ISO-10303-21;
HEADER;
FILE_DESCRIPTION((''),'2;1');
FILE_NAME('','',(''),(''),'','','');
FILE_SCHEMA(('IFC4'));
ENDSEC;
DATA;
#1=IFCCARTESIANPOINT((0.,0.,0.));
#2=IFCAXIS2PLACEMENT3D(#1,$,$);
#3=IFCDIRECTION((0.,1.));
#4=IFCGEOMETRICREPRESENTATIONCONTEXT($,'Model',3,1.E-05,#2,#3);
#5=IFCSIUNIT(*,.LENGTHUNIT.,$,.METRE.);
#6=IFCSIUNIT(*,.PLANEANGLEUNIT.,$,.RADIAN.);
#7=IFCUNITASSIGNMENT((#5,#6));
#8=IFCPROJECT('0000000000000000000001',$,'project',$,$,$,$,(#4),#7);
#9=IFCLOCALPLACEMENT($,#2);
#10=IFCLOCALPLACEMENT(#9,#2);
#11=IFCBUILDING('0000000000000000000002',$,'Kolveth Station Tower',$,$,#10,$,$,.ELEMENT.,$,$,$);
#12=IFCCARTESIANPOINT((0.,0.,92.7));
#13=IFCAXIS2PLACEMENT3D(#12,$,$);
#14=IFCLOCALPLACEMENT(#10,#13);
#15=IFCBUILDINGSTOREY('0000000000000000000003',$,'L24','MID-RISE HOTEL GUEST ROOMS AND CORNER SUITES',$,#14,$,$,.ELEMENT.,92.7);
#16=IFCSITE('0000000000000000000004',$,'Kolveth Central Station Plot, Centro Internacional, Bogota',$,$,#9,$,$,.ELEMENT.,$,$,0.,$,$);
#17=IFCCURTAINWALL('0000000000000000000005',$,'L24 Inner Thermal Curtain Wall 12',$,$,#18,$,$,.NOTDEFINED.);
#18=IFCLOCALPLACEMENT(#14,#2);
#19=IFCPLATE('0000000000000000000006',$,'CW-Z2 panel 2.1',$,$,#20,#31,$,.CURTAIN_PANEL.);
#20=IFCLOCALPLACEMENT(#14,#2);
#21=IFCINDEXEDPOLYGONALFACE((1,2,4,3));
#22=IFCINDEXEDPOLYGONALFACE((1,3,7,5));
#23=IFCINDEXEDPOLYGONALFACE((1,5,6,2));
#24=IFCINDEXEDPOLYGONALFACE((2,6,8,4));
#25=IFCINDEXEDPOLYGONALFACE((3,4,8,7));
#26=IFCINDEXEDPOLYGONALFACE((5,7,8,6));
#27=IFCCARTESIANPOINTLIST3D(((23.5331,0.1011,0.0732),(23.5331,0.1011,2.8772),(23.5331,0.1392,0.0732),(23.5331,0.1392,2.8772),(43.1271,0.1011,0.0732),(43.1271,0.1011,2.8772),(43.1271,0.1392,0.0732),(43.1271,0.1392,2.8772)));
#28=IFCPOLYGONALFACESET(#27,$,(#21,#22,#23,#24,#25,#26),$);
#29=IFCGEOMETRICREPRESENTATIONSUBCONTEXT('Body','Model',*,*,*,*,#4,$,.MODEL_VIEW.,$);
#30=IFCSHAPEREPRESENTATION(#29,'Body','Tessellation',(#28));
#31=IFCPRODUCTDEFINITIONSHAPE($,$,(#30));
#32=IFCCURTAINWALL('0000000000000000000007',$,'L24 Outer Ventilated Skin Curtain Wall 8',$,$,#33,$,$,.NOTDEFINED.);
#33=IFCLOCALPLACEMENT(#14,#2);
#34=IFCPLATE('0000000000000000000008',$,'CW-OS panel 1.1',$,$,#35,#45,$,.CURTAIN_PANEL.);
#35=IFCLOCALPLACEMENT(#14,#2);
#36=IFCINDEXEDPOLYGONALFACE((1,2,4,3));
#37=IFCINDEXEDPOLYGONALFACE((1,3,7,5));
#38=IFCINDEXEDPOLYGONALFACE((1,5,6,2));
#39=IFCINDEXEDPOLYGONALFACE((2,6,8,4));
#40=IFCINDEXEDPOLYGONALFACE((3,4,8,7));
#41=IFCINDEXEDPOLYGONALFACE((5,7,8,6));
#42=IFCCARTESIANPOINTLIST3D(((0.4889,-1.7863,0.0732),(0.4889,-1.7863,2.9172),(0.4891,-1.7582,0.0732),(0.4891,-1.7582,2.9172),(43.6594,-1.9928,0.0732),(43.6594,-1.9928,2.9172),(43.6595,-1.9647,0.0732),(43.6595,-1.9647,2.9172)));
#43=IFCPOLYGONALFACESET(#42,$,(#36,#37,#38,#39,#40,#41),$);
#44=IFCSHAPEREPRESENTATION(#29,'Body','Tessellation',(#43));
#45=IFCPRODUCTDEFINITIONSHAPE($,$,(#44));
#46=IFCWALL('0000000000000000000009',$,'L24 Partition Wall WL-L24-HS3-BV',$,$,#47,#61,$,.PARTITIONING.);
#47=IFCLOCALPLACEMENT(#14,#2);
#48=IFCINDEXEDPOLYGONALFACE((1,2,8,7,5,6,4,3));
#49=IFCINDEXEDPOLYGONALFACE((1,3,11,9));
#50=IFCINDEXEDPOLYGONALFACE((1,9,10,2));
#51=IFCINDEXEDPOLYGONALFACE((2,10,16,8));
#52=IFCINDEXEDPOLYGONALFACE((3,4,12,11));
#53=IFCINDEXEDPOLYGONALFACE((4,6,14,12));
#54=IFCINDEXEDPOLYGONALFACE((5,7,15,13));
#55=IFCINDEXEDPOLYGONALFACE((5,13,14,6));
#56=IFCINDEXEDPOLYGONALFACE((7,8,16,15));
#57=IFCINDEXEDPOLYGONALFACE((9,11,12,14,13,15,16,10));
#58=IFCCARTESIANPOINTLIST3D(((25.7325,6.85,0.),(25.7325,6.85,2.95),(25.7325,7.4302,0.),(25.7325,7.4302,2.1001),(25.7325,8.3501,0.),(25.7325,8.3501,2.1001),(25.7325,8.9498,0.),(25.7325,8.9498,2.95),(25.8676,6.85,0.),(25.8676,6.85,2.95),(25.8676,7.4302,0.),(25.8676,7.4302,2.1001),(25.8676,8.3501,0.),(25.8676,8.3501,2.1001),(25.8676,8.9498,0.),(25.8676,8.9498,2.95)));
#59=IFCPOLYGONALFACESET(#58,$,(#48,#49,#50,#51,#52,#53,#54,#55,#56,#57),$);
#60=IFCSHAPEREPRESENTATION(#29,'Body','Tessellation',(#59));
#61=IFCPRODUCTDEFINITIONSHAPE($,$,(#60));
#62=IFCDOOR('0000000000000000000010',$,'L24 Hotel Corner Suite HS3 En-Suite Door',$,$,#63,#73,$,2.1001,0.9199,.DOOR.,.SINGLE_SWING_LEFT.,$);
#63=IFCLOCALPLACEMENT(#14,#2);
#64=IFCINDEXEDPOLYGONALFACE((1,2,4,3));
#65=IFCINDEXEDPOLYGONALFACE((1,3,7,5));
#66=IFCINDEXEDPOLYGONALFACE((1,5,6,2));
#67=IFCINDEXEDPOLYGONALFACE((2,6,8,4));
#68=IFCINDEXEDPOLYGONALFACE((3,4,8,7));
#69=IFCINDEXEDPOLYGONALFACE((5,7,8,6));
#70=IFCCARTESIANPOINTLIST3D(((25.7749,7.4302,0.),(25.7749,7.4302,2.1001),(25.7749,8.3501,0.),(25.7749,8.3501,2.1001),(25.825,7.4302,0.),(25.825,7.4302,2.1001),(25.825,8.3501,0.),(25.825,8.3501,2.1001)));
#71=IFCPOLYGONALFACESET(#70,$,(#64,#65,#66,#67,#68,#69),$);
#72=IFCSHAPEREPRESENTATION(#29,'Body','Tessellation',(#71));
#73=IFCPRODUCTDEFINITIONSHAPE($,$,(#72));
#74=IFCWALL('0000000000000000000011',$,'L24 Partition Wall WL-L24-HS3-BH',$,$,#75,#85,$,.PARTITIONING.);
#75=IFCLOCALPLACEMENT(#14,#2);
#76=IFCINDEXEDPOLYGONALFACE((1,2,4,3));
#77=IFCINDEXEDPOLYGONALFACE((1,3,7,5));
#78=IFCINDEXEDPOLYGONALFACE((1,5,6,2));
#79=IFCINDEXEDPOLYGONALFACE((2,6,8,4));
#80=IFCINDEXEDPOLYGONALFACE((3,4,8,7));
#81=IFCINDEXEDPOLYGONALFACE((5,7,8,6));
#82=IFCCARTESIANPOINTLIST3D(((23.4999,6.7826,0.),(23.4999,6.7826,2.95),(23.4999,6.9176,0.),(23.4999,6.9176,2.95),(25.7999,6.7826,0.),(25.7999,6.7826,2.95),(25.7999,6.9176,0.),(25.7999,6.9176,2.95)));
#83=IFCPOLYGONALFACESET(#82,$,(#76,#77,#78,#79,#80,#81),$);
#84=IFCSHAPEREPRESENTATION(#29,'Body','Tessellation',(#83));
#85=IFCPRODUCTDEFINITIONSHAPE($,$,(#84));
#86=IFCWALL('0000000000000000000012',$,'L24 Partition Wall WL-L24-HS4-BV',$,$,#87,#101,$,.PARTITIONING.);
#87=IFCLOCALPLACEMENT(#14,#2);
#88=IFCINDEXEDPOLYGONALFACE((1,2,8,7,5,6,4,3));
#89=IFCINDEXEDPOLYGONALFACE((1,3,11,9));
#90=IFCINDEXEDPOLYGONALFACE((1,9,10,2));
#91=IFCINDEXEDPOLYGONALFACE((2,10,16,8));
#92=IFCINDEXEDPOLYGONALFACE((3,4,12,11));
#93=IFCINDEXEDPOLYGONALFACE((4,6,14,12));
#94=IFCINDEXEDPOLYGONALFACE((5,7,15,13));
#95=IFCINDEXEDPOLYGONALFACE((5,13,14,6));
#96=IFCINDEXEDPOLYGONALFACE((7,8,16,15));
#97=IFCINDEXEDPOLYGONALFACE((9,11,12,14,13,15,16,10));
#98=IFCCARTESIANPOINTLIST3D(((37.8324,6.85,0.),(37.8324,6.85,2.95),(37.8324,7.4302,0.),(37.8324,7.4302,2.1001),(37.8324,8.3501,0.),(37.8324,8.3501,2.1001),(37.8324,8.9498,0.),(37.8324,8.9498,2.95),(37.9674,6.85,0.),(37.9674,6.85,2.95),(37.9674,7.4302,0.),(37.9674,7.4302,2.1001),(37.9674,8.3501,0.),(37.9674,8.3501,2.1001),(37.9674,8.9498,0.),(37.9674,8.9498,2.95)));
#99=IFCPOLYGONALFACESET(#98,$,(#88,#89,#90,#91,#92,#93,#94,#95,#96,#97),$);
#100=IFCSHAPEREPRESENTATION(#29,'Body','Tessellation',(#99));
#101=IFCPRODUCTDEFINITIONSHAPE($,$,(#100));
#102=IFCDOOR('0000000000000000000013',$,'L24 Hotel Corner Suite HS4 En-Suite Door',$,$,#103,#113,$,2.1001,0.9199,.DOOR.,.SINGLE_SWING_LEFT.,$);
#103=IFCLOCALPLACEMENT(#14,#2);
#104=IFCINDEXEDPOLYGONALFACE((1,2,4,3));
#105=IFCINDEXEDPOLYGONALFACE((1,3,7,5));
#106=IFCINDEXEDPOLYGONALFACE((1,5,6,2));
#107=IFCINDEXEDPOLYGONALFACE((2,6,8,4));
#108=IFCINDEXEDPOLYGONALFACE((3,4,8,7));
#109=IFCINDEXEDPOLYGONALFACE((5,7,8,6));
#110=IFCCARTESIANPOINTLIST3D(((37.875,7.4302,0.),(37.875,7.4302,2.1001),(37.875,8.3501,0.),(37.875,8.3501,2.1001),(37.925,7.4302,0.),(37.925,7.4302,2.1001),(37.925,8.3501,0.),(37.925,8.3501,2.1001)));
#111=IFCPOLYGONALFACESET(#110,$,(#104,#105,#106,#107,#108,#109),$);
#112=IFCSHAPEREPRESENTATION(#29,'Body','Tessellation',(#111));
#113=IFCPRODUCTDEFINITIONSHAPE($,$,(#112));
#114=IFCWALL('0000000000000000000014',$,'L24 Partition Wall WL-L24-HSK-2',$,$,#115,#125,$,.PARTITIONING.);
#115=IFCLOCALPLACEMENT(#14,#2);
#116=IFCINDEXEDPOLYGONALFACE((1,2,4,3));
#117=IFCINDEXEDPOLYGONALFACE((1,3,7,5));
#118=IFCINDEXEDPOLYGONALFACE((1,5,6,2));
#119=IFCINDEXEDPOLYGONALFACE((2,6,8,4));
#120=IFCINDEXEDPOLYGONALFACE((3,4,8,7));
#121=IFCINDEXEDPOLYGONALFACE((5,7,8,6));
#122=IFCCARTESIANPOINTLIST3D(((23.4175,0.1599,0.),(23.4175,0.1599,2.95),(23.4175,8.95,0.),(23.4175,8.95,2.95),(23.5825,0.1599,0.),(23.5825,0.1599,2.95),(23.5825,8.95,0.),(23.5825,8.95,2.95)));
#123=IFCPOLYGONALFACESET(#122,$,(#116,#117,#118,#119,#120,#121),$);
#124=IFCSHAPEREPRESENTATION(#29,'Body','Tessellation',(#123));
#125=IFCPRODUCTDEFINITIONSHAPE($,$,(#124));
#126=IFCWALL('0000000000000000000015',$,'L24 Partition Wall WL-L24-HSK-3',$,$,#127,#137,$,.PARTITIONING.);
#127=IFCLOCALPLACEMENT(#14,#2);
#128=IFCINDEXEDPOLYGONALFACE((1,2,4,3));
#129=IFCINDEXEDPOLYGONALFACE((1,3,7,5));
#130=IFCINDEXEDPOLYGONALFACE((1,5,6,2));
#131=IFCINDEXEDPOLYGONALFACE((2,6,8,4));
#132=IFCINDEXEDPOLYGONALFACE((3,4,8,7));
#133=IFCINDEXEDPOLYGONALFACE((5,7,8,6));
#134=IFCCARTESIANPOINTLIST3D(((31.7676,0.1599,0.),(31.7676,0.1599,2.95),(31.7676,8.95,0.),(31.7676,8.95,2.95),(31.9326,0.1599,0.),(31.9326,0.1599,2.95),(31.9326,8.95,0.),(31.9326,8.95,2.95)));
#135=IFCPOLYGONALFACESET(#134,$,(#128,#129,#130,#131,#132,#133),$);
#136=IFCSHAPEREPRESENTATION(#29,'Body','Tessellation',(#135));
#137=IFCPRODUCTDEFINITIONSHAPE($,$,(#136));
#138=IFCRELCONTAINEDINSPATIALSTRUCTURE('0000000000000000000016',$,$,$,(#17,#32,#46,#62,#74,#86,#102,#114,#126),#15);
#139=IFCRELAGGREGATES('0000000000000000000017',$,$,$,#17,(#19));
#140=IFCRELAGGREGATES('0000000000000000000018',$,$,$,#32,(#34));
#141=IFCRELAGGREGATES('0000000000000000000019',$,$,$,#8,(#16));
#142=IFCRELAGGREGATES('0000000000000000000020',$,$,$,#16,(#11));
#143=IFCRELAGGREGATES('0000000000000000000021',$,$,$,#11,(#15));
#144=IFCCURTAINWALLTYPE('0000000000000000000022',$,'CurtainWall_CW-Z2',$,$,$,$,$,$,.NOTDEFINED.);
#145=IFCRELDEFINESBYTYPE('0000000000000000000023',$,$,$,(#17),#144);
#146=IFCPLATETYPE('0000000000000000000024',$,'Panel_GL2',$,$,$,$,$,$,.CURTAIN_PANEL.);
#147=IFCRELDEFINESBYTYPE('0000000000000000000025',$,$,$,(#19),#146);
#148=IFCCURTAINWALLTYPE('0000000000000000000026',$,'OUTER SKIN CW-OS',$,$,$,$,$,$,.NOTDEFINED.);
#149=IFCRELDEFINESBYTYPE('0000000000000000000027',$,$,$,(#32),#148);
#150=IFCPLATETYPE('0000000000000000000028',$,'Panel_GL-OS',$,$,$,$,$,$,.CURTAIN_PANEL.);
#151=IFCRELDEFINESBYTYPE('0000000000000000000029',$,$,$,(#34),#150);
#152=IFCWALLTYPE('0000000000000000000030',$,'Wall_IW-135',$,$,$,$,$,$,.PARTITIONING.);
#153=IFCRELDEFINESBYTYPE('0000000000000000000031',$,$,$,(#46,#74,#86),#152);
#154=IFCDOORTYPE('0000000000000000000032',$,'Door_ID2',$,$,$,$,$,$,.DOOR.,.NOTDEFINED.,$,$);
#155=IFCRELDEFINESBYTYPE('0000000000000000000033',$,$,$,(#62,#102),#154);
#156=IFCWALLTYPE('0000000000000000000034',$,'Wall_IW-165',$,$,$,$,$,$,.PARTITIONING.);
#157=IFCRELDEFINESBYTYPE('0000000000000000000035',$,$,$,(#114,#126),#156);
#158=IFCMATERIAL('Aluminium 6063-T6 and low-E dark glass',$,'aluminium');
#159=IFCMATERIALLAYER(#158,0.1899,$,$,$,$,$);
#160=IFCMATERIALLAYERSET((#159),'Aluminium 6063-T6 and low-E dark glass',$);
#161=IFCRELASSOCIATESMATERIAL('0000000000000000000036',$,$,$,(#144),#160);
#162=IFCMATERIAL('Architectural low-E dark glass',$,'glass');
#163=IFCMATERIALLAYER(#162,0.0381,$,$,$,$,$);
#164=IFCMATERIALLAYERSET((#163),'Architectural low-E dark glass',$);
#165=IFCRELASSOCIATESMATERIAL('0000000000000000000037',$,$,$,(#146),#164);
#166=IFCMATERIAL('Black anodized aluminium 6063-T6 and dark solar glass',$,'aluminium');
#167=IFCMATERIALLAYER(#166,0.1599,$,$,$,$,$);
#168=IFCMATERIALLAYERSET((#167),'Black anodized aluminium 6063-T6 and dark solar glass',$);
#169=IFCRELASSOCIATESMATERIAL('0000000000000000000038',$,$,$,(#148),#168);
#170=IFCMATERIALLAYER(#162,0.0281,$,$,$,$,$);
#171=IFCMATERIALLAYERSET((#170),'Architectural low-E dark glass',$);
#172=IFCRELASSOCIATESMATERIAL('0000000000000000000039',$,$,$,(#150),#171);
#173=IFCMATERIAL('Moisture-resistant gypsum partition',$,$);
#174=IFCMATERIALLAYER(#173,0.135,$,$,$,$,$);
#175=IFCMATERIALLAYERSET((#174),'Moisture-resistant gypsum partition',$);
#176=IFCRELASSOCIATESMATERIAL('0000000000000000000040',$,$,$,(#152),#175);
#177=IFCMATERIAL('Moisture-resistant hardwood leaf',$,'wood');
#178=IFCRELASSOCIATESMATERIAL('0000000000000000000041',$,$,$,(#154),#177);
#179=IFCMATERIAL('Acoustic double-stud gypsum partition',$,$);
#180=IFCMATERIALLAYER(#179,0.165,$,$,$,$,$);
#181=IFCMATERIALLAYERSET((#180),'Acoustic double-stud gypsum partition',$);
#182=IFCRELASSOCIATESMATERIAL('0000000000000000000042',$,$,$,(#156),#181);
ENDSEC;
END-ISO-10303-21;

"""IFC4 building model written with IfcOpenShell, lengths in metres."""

from ifc_helpers import new_model, si_unit, direction, frame, frame_2d, origin, origin_2d, place, context, subcontext, project, spatial, rectangle, extrude, source, transform, mapped, material, layer, layer_set, type_object, element, fill, aggregate, save


model = new_model("IFC4")

# Units and contexts
model_context = context("Model", 3, precision=1e-05, world=origin(), true_north=direction((0.0, 1.0)))
body_context = subcontext(model_context, "Body", "Model", "MODEL_VIEW")
ifc_project = project(units=[si_unit("LENGTHUNIT", "METRE"), si_unit("PLANEANGLEUNIT", "RADIAN")], contexts=[model_context])

# Site, building, storey
site_placement = place(None, origin())
site = spatial("IfcSite", under=ifc_project, at=site_placement, Name="Kolveth Central Station Plot, Centro Internacional, Bogota", CompositionType="ELEMENT", RefElevation=0.0)
building_placement = place(site_placement, origin())
building = spatial("IfcBuilding", under=site, at=building_placement, Name="Kolveth Station Tower", CompositionType="ELEMENT")
storey_placement = place(building_placement, frame((0.0, 0.0, 92.7)))
storey = spatial("IfcBuildingStorey", under=building, at=storey_placement, Name="L24", Description="MID-RISE HOTEL GUEST ROOMS AND CORNER SUITES", CompositionType="ELEMENT", Elevation=92.7)

# Curtain wall, plate
ifc_material_1 = material(Name="Aluminium 6063-T6 and low-E dark glass", Category="aluminium")
ifc_layer_1 = layer(ifc_material_1, 0.1899)
ifc_layer_set_1 = layer_set([ifc_layer_1], Name="Aluminium 6063-T6 and low-E dark glass")
curtain_wall_type_1 = type_object("IfcCurtainWallType", Name="CurtainWall_CW-Z2", PredefinedType="NOTDEFINED", material=ifc_layer_set_1)
curtain_wall_1_placement = place(storey_placement, origin())
curtain_wall_1 = element("IfcCurtainWall", 1, at=curtain_wall_1_placement, inside=storey, type_object=curtain_wall_type_1, Name="L24 Inner Thermal Curtain Wall 12", PredefinedType="NOTDEFINED")
ifc_material_2 = material(Name="Architectural low-E dark glass", Category="glass")
ifc_layer_2 = layer(ifc_material_2, 0.0381)
ifc_layer_set_2 = layer_set([ifc_layer_2], Name="Architectural low-E dark glass")
plate_type_1 = type_object("IfcPlateType", Name="Panel_GL2", PredefinedType="CURTAIN_PANEL", material=ifc_layer_set_2)
shared_shape_1 = source(origin(), body_context, "Body", "SweptSolid", [
    extrude(rectangle(XDim=19.594, YDim=0.0381, at=origin_2d()), origin(), (0.0, 0.0, 1.0), 2.804),
])
plate_1_placement = place(storey_placement, frame((33.3301, 0.1201, 0.0732), z_axis=(0.0, 0.0, 1.0), x_axis=(1.0, 0.0, 0.0)))
plate_1 = element("IfcPlate", 2, at=plate_1_placement, type_object=plate_type_1, Name="CW-Z2 panel 2.1", PredefinedType="CURTAIN_PANEL", context=body_context, shape_type="MappedRepresentation", body=[
    mapped(shared_shape_1, transform((0.0, 0.0, 0.0), x_axis=(1.0, 0.0, 0.0), y_axis=(0.0, 1.0, 0.0), z_axis=(0.0, 0.0, 1.0), scale=1.0)),
])
aggregate(curtain_wall_1, [plate_1])

# Curtain wall, plate
ifc_material_3 = material(Name="Black anodized aluminium 6063-T6 and dark solar glass", Category="aluminium")
ifc_layer_3 = layer(ifc_material_3, 0.1599)
ifc_layer_set_3 = layer_set([ifc_layer_3], Name="Black anodized aluminium 6063-T6 and dark solar glass")
curtain_wall_type_2 = type_object("IfcCurtainWallType", Name="OUTER SKIN CW-OS", PredefinedType="NOTDEFINED", material=ifc_layer_set_3)
curtain_wall_2_placement = place(storey_placement, origin())
curtain_wall_2 = element("IfcCurtainWall", 3, at=curtain_wall_2_placement, inside=storey, type_object=curtain_wall_type_2, Name="L24 Outer Ventilated Skin Curtain Wall 8", PredefinedType="NOTDEFINED")
ifc_layer_4 = layer(ifc_material_2, 0.0281)
ifc_layer_set_4 = layer_set([ifc_layer_4], Name="Architectural low-E dark glass")
plate_type_2 = type_object("IfcPlateType", Name="Panel_GL-OS", PredefinedType="CURTAIN_PANEL", material=ifc_layer_set_4)
shared_shape_2 = source(origin(), body_context, "Body", "SweptSolid", [
    extrude(rectangle(XDim=43.1709, YDim=0.0281, at=origin_2d()), origin(), (0.0, 0.0, 1.0), 2.844),
])
plate_2_placement = place(storey_placement, frame((22.0742, -1.8755, 0.0732), z_axis=(0.0, 0.0, 1.0), x_axis=(0.999989, -0.004783, 0.0)))
plate_2 = element("IfcPlate", 4, at=plate_2_placement, type_object=plate_type_2, Name="CW-OS panel 1.1", PredefinedType="CURTAIN_PANEL", context=body_context, shape_type="MappedRepresentation", body=[
    mapped(shared_shape_2, transform((0.0, 0.0, 0.0), x_axis=(1.0, 0.0, 0.0), y_axis=(0.0, 1.0, 0.0), z_axis=(0.0, 0.0, 1.0), scale=1.0)),
])
aggregate(curtain_wall_2, [plate_2])

# Wall, opening, door
ifc_material_4 = material(Name="Moisture-resistant gypsum partition")
ifc_layer_5 = layer(ifc_material_4, 0.135)
ifc_layer_set_5 = layer_set([ifc_layer_5], Name="Moisture-resistant gypsum partition")
wall_type_1 = type_object("IfcWallType", Name="Wall_IW-135", PredefinedType="PARTITIONING", material=ifc_layer_set_5)
wall_1_placement = place(storey_placement, frame((25.8, 6.8501, 0.0), z_axis=(0.0, 0.0, 1.0), x_axis=(0.0, 1.0, 0.0)))
wall_1 = element("IfcWall", 5, at=wall_1_placement, inside=storey, type_object=wall_type_1, Name="L24 Partition Wall WL-L24-HS3-BV", PredefinedType="PARTITIONING", context=body_context, shape_type="SweptSolid", body=[
    extrude(rectangle(XDim=2.0999, YDim=0.135, at=frame_2d((1.0498, 0.0))), origin(), (0.0, 0.0, 1.0), 2.95),
])
opening_1_placement = place(wall_1_placement, frame((0.5801, 0.0, 0.0)))
opening_1 = element("IfcOpeningElement", 6, at=opening_1_placement, cuts=wall_1, PredefinedType="OPENING", context=body_context, shape_type="SweptSolid", body=[
    extrude(rectangle(XDim=0.9199, YDim=2.1001, at=frame_2d((0.46, 1.05))), frame((0.0, 0.0774, 0.0), z_axis=(0.0, -1.0, 0.0), x_axis=(1.0, 0.0, 0.0)), (0.0, 0.0, 1.0), 0.155),
])
ifc_material_5 = material(Name="Moisture-resistant hardwood leaf", Category="wood")
door_type = type_object("IfcDoorType", Name="Door_ID2", OperationType="NOTDEFINED", PredefinedType="DOOR", material=ifc_material_5)
door_1_placement = place(opening_1_placement, frame((0.9199, 0.0, 0.0), z_axis=(0.0, 0.0, 1.0), x_axis=(-1.0, 0.0, 0.0)))
door_1 = element("IfcDoor", 7, at=door_1_placement, inside=storey, type_object=door_type, Name="L24 Hotel Corner Suite HS3 En-Suite Door", OperationType="SINGLE_SWING_LEFT", OverallHeight=2.1001, OverallWidth=0.9199, PredefinedType="DOOR", context=body_context, shape_type="SweptSolid", body=[
    extrude(rectangle(XDim=0.9199, YDim=2.1001, at=frame_2d((0.46, 1.05))), frame((0.0, 0.0249, 0.0), z_axis=(0.0, -1.0, 0.0), x_axis=(1.0, 0.0, 0.0)), (0.0, 0.0, 1.0), 0.05),
])
fill(opening_1, door_1)

# Wall
wall_2_placement = place(storey_placement, frame((23.5, 6.8501, 0.0), z_axis=(0.0, 0.0, 1.0), x_axis=(1.0, 0.0, 0.0)))
element("IfcWall", 8, at=wall_2_placement, inside=storey, type_object=wall_type_1, Name="L24 Partition Wall WL-L24-HS3-BH", PredefinedType="PARTITIONING", context=body_context, shape_type="SweptSolid", body=[
    extrude(rectangle(XDim=2.3, YDim=0.135, at=frame_2d((1.1499, 0.0))), origin(), (0.0, 0.0, 1.0), 2.95),
])

# Wall, opening, door
wall_3_placement = place(storey_placement, frame((37.8999, 6.8501, 0.0), z_axis=(0.0, 0.0, 1.0), x_axis=(0.0, 1.0, 0.0)))
wall_3 = element("IfcWall", 9, at=wall_3_placement, inside=storey, type_object=wall_type_1, Name="L24 Partition Wall WL-L24-HS4-BV", PredefinedType="PARTITIONING", context=body_context, shape_type="SweptSolid", body=[
    extrude(rectangle(XDim=2.0999, YDim=0.135, at=frame_2d((1.0498, 0.0))), origin(), (0.0, 0.0, 1.0), 2.95),
])
opening_2_placement = place(wall_3_placement, frame((0.5801, 0.0, 0.0)))
opening_2 = element("IfcOpeningElement", 10, at=opening_2_placement, cuts=wall_3, PredefinedType="OPENING", context=body_context, shape_type="SweptSolid", body=[
    extrude(rectangle(XDim=0.9199, YDim=2.1001, at=frame_2d((0.46, 1.05))), frame((0.0, 0.0774, 0.0), z_axis=(0.0, -1.0, 0.0), x_axis=(1.0, 0.0, 0.0)), (0.0, 0.0, 1.0), 0.155),
])
door_2_placement = place(opening_2_placement, origin())
door_2 = element("IfcDoor", 11, at=door_2_placement, inside=storey, type_object=door_type, Name="L24 Hotel Corner Suite HS4 En-Suite Door", OperationType="SINGLE_SWING_LEFT", OverallHeight=2.1001, OverallWidth=0.9199, PredefinedType="DOOR", context=body_context, shape_type="SweptSolid", body=[
    extrude(rectangle(XDim=0.9199, YDim=2.1001, at=frame_2d((0.46, 1.05))), frame((0.0, 0.0249, 0.0), z_axis=(0.0, -1.0, 0.0), x_axis=(1.0, 0.0, 0.0)), (0.0, 0.0, 1.0), 0.05),
])
fill(opening_2, door_2)

# Walls
ifc_material_6 = material(Name="Acoustic double-stud gypsum partition")
ifc_layer_6 = layer(ifc_material_6, 0.165)
ifc_layer_set_6 = layer_set([ifc_layer_6], Name="Acoustic double-stud gypsum partition")
wall_type_2 = type_object("IfcWallType", Name="Wall_IW-165", PredefinedType="PARTITIONING", material=ifc_layer_set_6)
for number, where, z_axis, x_axis, name in (
    (12, (23.5, 0.1599, 0.0), (0.0, 0.0, 1.0), (0.0, 1.0, 0.0), "L24 Partition Wall WL-L24-HSK-2"),
    (13, (31.8501, 0.1599, 0.0), (0.0, 0.0, 1.0), (0.0, 1.0, 0.0), "L24 Partition Wall WL-L24-HSK-3"),
):
    element("IfcWall", number, at=place(storey_placement, frame(where, z_axis=z_axis, x_axis=x_axis)), inside=storey, type_object=wall_type_2, Name=name, PredefinedType="PARTITIONING", context=body_context, shape_type="SweptSolid", body=[
        extrude(rectangle(XDim=8.79, YDim=0.165, at=frame_2d((4.395, 0.0))), origin(), (0.0, 0.0, 1.0), 2.95),
    ])

save(model, "model.ifc")
